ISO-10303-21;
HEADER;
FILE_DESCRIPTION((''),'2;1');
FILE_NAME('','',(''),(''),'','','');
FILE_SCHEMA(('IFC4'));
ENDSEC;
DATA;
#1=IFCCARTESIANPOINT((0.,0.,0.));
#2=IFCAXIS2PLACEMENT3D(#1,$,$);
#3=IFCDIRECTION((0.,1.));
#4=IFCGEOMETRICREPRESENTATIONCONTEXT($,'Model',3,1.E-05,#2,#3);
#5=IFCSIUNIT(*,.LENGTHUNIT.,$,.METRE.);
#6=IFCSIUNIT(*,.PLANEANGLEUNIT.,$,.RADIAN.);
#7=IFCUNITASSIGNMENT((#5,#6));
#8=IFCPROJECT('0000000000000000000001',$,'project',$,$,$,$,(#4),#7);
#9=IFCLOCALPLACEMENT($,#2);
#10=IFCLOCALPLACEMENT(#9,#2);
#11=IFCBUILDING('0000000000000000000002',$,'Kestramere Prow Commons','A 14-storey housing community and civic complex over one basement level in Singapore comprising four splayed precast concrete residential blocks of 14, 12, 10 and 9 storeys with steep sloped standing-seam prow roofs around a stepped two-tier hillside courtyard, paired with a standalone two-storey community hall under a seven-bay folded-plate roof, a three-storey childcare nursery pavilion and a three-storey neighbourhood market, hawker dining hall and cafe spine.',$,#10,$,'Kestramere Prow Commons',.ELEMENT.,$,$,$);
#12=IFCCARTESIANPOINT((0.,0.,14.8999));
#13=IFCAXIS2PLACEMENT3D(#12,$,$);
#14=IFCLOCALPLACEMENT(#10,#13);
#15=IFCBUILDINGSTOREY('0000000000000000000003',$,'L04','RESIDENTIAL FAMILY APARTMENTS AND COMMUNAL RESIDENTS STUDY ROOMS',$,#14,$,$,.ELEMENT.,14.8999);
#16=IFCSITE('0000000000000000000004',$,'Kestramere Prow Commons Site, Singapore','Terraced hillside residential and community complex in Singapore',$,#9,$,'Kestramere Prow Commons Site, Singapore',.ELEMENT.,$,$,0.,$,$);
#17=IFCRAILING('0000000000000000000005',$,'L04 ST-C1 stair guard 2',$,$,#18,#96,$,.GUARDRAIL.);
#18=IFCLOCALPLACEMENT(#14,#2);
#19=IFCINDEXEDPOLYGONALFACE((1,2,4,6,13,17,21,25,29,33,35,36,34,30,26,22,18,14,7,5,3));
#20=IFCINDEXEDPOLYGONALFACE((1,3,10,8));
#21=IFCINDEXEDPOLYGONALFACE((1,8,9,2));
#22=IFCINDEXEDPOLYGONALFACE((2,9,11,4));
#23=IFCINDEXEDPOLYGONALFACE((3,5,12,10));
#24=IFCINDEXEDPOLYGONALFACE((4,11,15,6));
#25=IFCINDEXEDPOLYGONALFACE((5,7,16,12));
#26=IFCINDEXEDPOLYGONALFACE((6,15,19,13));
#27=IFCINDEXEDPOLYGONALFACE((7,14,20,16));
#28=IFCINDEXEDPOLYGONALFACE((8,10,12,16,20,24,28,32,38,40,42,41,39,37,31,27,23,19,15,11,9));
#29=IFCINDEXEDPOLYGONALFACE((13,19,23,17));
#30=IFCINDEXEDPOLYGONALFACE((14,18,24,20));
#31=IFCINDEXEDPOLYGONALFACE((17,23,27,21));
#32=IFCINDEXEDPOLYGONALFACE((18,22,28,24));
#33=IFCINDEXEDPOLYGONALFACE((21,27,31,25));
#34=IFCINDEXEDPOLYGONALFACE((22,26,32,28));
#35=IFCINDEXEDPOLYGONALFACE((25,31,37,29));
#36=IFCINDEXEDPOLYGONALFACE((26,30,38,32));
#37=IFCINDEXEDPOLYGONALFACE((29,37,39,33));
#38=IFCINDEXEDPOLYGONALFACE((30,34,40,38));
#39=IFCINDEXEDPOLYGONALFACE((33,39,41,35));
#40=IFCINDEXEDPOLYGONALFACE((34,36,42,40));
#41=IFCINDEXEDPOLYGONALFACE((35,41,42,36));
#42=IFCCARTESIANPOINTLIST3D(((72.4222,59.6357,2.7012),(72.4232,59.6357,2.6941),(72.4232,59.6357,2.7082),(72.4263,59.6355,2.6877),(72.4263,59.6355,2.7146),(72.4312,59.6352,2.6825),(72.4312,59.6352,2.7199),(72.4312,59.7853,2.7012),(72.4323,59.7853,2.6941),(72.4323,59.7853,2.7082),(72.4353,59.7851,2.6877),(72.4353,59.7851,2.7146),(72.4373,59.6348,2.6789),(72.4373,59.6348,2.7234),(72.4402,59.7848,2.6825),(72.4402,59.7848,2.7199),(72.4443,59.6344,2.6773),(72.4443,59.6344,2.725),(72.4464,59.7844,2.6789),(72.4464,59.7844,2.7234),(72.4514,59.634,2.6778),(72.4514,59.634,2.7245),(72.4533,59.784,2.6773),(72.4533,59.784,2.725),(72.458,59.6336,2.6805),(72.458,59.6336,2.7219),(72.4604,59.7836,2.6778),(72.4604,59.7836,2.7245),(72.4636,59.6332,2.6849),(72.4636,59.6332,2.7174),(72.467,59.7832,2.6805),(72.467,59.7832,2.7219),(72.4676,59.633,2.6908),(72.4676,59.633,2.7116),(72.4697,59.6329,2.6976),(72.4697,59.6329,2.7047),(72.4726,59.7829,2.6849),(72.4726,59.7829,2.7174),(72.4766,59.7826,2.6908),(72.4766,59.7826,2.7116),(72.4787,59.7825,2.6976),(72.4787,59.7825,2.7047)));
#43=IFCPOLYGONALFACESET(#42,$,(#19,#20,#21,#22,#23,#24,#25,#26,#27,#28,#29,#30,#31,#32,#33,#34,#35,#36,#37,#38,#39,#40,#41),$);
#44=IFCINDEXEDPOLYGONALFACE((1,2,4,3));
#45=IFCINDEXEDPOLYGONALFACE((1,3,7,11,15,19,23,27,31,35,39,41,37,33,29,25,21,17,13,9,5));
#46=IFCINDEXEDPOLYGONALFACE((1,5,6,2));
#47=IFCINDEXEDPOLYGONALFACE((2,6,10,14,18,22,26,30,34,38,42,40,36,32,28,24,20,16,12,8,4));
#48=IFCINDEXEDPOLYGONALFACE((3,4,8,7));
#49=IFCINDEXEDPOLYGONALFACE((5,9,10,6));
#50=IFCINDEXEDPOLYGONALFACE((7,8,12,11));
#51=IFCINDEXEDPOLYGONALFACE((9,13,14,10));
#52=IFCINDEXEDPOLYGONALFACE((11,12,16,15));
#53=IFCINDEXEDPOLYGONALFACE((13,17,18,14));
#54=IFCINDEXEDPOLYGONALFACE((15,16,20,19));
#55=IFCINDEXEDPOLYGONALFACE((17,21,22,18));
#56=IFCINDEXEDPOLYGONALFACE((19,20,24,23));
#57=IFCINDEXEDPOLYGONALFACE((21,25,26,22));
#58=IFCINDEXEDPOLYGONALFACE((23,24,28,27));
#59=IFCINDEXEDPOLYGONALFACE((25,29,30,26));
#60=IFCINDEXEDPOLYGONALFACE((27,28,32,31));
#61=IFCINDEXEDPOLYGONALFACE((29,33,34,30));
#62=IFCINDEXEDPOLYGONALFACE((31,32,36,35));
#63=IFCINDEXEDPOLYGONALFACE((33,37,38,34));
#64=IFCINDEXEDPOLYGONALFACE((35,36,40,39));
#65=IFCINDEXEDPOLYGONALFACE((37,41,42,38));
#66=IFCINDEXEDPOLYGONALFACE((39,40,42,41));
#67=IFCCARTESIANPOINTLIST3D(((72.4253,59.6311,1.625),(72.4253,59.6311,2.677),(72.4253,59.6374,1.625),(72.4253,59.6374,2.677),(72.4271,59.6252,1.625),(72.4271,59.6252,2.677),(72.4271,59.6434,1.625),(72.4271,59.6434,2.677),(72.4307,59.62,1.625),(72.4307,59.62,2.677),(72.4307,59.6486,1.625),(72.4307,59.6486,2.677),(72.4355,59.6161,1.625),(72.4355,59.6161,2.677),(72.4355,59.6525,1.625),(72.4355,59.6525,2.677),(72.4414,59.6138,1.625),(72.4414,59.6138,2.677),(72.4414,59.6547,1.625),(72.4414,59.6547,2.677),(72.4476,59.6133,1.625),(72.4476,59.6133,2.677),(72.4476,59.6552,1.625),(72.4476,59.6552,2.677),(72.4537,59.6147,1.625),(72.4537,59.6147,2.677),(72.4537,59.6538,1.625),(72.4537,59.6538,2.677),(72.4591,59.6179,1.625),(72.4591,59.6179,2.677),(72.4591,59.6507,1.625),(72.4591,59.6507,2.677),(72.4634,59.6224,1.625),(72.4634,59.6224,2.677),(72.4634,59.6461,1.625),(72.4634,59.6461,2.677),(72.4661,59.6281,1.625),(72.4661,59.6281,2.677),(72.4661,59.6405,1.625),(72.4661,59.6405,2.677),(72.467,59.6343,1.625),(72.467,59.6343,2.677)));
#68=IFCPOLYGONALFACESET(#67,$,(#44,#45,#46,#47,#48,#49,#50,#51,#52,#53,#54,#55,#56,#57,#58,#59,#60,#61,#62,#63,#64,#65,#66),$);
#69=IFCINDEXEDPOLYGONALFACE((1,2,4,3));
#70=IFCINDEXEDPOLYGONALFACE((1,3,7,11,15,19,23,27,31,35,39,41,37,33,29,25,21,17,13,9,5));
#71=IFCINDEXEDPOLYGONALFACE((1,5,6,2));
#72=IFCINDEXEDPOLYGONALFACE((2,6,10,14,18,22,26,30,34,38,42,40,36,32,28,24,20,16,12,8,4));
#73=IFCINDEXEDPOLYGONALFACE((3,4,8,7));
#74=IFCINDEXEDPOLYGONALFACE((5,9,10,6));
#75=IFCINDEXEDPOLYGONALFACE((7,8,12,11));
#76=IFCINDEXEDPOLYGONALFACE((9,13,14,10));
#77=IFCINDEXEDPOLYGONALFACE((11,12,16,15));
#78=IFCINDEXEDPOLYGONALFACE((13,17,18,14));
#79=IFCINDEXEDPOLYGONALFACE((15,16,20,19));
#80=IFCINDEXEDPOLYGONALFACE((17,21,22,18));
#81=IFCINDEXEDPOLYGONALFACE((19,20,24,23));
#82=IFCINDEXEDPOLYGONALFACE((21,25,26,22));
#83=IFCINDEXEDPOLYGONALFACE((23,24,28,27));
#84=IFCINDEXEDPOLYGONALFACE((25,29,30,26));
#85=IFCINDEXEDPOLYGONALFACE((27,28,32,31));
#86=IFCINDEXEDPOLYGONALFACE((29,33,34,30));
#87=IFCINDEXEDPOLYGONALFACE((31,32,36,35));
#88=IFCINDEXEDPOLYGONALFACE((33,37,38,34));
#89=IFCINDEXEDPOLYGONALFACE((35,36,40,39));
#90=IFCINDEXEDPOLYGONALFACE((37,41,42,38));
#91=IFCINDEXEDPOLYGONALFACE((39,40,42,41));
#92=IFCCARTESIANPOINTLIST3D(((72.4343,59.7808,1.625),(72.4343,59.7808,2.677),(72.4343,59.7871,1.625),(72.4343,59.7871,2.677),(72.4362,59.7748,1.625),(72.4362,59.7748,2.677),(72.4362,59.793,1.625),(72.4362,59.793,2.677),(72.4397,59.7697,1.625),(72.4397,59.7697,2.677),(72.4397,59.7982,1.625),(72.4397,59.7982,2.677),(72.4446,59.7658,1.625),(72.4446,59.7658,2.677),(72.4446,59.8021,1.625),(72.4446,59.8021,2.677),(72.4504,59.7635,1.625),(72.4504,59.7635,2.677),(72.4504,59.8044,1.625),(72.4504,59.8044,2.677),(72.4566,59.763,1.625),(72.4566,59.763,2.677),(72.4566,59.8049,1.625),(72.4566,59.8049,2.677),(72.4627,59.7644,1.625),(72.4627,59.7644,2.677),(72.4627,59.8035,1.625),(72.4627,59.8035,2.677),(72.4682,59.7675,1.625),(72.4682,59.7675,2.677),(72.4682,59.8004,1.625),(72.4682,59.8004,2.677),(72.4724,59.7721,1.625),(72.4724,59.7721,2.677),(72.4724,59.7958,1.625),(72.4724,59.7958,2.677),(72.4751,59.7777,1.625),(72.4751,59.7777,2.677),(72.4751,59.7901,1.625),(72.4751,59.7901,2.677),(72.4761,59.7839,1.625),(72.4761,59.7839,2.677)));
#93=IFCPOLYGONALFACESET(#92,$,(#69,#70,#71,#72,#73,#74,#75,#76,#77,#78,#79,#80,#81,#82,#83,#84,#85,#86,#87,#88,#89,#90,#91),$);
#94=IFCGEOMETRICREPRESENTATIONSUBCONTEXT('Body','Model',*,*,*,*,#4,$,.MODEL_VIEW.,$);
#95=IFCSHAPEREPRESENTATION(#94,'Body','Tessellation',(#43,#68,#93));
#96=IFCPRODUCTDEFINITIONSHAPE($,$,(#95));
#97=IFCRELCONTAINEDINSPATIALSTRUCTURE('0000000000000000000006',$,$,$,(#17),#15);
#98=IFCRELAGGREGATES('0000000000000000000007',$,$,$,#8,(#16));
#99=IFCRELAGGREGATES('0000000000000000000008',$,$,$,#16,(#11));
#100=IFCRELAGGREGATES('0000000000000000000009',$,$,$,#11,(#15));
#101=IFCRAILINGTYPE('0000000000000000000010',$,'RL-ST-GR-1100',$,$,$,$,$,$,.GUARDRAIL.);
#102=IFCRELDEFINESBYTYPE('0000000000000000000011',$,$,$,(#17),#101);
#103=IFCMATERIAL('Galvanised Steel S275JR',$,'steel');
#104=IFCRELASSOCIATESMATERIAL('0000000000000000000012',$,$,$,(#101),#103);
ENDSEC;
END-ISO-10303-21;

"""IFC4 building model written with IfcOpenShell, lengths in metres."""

from ifc_helpers import new_model, si_unit, direction, frame, origin, origin_2d, place, context, subcontext, project, spatial, circle, extrude, material, type_object, element, save


model = new_model("IFC4")

# Units and contexts
model_context = context("Model", 3, precision=1e-05, world=origin(), true_north=direction((0.0, 1.0)))
body_context = subcontext(model_context, "Body", "Model", "MODEL_VIEW")
ifc_project = project(units=[si_unit("LENGTHUNIT", "METRE"), si_unit("PLANEANGLEUNIT", "RADIAN")], contexts=[model_context])

# Site, building, storey
site_placement = place(None, origin())
site = spatial("IfcSite", under=ifc_project, at=site_placement, Name="Kestramere Prow Commons Site, Singapore", Description="Terraced hillside residential and community complex in Singapore", LongName="Kestramere Prow Commons Site, Singapore", CompositionType="ELEMENT", RefElevation=0.0)
building_placement = place(site_placement, origin())
building = spatial("IfcBuilding", under=site, at=building_placement, Name="Kestramere Prow Commons", Description="A 14-storey housing community and civic complex over one basement level in Singapore comprising four splayed precast concrete residential blocks of 14, 12, 10 and 9 storeys with steep sloped standing-seam prow roofs around a stepped two-tier hillside courtyard, paired with a standalone two-storey community hall under a seven-bay folded-plate roof, a three-storey childcare nursery pavilion and a three-storey neighbourhood market, hawker dining hall and cafe spine.", LongName="Kestramere Prow Commons", CompositionType="ELEMENT")
storey_placement = place(building_placement, frame((0.0, 0.0, 14.8999)))
storey = spatial("IfcBuildingStorey", under=building, at=storey_placement, Name="L04", Description="RESIDENTIAL FAMILY APARTMENTS AND COMMUNAL RESIDENTS STUDY ROOMS", CompositionType="ELEMENT", Elevation=14.8999)

# Railing
ifc_material_1 = material(Name="Galvanised Steel S275JR", Category="steel")
railing_type_1 = type_object("IfcRailingType", Name="RL-ST-GR-1100", PredefinedType="GUARDRAIL", material=ifc_material_1)
railing_1_placement = place(storey_placement, frame((72.446, 59.6343, 1.625)))
element("IfcRailing", 1, at=railing_1_placement, inside=storey, type_object=railing_type_1, Name="L04 ST-C1 stair guard 2", PredefinedType="GUARDRAIL", context=body_context, shape_type="SweptSolid", body=[
    extrude(circle(Radius=0.0239, at=origin_2d()), frame((0.0, 0.0, 1.0762), z_axis=(0.060249, 0.998183, 0.0), x_axis=(-0.998183, 0.060249, 0.0)), (0.0, 0.0, 1.0), 0.1499),
    extrude(circle(Radius=0.021, at=origin_2d()), origin(), (0.0, 0.0, 1.0), 1.052),
    extrude(circle(Radius=0.021, at=origin_2d()), frame((0.009, 0.1497, 0.0)), (0.0, 0.0, 1.0), 1.052),
])

save(model, "model.ifc")
